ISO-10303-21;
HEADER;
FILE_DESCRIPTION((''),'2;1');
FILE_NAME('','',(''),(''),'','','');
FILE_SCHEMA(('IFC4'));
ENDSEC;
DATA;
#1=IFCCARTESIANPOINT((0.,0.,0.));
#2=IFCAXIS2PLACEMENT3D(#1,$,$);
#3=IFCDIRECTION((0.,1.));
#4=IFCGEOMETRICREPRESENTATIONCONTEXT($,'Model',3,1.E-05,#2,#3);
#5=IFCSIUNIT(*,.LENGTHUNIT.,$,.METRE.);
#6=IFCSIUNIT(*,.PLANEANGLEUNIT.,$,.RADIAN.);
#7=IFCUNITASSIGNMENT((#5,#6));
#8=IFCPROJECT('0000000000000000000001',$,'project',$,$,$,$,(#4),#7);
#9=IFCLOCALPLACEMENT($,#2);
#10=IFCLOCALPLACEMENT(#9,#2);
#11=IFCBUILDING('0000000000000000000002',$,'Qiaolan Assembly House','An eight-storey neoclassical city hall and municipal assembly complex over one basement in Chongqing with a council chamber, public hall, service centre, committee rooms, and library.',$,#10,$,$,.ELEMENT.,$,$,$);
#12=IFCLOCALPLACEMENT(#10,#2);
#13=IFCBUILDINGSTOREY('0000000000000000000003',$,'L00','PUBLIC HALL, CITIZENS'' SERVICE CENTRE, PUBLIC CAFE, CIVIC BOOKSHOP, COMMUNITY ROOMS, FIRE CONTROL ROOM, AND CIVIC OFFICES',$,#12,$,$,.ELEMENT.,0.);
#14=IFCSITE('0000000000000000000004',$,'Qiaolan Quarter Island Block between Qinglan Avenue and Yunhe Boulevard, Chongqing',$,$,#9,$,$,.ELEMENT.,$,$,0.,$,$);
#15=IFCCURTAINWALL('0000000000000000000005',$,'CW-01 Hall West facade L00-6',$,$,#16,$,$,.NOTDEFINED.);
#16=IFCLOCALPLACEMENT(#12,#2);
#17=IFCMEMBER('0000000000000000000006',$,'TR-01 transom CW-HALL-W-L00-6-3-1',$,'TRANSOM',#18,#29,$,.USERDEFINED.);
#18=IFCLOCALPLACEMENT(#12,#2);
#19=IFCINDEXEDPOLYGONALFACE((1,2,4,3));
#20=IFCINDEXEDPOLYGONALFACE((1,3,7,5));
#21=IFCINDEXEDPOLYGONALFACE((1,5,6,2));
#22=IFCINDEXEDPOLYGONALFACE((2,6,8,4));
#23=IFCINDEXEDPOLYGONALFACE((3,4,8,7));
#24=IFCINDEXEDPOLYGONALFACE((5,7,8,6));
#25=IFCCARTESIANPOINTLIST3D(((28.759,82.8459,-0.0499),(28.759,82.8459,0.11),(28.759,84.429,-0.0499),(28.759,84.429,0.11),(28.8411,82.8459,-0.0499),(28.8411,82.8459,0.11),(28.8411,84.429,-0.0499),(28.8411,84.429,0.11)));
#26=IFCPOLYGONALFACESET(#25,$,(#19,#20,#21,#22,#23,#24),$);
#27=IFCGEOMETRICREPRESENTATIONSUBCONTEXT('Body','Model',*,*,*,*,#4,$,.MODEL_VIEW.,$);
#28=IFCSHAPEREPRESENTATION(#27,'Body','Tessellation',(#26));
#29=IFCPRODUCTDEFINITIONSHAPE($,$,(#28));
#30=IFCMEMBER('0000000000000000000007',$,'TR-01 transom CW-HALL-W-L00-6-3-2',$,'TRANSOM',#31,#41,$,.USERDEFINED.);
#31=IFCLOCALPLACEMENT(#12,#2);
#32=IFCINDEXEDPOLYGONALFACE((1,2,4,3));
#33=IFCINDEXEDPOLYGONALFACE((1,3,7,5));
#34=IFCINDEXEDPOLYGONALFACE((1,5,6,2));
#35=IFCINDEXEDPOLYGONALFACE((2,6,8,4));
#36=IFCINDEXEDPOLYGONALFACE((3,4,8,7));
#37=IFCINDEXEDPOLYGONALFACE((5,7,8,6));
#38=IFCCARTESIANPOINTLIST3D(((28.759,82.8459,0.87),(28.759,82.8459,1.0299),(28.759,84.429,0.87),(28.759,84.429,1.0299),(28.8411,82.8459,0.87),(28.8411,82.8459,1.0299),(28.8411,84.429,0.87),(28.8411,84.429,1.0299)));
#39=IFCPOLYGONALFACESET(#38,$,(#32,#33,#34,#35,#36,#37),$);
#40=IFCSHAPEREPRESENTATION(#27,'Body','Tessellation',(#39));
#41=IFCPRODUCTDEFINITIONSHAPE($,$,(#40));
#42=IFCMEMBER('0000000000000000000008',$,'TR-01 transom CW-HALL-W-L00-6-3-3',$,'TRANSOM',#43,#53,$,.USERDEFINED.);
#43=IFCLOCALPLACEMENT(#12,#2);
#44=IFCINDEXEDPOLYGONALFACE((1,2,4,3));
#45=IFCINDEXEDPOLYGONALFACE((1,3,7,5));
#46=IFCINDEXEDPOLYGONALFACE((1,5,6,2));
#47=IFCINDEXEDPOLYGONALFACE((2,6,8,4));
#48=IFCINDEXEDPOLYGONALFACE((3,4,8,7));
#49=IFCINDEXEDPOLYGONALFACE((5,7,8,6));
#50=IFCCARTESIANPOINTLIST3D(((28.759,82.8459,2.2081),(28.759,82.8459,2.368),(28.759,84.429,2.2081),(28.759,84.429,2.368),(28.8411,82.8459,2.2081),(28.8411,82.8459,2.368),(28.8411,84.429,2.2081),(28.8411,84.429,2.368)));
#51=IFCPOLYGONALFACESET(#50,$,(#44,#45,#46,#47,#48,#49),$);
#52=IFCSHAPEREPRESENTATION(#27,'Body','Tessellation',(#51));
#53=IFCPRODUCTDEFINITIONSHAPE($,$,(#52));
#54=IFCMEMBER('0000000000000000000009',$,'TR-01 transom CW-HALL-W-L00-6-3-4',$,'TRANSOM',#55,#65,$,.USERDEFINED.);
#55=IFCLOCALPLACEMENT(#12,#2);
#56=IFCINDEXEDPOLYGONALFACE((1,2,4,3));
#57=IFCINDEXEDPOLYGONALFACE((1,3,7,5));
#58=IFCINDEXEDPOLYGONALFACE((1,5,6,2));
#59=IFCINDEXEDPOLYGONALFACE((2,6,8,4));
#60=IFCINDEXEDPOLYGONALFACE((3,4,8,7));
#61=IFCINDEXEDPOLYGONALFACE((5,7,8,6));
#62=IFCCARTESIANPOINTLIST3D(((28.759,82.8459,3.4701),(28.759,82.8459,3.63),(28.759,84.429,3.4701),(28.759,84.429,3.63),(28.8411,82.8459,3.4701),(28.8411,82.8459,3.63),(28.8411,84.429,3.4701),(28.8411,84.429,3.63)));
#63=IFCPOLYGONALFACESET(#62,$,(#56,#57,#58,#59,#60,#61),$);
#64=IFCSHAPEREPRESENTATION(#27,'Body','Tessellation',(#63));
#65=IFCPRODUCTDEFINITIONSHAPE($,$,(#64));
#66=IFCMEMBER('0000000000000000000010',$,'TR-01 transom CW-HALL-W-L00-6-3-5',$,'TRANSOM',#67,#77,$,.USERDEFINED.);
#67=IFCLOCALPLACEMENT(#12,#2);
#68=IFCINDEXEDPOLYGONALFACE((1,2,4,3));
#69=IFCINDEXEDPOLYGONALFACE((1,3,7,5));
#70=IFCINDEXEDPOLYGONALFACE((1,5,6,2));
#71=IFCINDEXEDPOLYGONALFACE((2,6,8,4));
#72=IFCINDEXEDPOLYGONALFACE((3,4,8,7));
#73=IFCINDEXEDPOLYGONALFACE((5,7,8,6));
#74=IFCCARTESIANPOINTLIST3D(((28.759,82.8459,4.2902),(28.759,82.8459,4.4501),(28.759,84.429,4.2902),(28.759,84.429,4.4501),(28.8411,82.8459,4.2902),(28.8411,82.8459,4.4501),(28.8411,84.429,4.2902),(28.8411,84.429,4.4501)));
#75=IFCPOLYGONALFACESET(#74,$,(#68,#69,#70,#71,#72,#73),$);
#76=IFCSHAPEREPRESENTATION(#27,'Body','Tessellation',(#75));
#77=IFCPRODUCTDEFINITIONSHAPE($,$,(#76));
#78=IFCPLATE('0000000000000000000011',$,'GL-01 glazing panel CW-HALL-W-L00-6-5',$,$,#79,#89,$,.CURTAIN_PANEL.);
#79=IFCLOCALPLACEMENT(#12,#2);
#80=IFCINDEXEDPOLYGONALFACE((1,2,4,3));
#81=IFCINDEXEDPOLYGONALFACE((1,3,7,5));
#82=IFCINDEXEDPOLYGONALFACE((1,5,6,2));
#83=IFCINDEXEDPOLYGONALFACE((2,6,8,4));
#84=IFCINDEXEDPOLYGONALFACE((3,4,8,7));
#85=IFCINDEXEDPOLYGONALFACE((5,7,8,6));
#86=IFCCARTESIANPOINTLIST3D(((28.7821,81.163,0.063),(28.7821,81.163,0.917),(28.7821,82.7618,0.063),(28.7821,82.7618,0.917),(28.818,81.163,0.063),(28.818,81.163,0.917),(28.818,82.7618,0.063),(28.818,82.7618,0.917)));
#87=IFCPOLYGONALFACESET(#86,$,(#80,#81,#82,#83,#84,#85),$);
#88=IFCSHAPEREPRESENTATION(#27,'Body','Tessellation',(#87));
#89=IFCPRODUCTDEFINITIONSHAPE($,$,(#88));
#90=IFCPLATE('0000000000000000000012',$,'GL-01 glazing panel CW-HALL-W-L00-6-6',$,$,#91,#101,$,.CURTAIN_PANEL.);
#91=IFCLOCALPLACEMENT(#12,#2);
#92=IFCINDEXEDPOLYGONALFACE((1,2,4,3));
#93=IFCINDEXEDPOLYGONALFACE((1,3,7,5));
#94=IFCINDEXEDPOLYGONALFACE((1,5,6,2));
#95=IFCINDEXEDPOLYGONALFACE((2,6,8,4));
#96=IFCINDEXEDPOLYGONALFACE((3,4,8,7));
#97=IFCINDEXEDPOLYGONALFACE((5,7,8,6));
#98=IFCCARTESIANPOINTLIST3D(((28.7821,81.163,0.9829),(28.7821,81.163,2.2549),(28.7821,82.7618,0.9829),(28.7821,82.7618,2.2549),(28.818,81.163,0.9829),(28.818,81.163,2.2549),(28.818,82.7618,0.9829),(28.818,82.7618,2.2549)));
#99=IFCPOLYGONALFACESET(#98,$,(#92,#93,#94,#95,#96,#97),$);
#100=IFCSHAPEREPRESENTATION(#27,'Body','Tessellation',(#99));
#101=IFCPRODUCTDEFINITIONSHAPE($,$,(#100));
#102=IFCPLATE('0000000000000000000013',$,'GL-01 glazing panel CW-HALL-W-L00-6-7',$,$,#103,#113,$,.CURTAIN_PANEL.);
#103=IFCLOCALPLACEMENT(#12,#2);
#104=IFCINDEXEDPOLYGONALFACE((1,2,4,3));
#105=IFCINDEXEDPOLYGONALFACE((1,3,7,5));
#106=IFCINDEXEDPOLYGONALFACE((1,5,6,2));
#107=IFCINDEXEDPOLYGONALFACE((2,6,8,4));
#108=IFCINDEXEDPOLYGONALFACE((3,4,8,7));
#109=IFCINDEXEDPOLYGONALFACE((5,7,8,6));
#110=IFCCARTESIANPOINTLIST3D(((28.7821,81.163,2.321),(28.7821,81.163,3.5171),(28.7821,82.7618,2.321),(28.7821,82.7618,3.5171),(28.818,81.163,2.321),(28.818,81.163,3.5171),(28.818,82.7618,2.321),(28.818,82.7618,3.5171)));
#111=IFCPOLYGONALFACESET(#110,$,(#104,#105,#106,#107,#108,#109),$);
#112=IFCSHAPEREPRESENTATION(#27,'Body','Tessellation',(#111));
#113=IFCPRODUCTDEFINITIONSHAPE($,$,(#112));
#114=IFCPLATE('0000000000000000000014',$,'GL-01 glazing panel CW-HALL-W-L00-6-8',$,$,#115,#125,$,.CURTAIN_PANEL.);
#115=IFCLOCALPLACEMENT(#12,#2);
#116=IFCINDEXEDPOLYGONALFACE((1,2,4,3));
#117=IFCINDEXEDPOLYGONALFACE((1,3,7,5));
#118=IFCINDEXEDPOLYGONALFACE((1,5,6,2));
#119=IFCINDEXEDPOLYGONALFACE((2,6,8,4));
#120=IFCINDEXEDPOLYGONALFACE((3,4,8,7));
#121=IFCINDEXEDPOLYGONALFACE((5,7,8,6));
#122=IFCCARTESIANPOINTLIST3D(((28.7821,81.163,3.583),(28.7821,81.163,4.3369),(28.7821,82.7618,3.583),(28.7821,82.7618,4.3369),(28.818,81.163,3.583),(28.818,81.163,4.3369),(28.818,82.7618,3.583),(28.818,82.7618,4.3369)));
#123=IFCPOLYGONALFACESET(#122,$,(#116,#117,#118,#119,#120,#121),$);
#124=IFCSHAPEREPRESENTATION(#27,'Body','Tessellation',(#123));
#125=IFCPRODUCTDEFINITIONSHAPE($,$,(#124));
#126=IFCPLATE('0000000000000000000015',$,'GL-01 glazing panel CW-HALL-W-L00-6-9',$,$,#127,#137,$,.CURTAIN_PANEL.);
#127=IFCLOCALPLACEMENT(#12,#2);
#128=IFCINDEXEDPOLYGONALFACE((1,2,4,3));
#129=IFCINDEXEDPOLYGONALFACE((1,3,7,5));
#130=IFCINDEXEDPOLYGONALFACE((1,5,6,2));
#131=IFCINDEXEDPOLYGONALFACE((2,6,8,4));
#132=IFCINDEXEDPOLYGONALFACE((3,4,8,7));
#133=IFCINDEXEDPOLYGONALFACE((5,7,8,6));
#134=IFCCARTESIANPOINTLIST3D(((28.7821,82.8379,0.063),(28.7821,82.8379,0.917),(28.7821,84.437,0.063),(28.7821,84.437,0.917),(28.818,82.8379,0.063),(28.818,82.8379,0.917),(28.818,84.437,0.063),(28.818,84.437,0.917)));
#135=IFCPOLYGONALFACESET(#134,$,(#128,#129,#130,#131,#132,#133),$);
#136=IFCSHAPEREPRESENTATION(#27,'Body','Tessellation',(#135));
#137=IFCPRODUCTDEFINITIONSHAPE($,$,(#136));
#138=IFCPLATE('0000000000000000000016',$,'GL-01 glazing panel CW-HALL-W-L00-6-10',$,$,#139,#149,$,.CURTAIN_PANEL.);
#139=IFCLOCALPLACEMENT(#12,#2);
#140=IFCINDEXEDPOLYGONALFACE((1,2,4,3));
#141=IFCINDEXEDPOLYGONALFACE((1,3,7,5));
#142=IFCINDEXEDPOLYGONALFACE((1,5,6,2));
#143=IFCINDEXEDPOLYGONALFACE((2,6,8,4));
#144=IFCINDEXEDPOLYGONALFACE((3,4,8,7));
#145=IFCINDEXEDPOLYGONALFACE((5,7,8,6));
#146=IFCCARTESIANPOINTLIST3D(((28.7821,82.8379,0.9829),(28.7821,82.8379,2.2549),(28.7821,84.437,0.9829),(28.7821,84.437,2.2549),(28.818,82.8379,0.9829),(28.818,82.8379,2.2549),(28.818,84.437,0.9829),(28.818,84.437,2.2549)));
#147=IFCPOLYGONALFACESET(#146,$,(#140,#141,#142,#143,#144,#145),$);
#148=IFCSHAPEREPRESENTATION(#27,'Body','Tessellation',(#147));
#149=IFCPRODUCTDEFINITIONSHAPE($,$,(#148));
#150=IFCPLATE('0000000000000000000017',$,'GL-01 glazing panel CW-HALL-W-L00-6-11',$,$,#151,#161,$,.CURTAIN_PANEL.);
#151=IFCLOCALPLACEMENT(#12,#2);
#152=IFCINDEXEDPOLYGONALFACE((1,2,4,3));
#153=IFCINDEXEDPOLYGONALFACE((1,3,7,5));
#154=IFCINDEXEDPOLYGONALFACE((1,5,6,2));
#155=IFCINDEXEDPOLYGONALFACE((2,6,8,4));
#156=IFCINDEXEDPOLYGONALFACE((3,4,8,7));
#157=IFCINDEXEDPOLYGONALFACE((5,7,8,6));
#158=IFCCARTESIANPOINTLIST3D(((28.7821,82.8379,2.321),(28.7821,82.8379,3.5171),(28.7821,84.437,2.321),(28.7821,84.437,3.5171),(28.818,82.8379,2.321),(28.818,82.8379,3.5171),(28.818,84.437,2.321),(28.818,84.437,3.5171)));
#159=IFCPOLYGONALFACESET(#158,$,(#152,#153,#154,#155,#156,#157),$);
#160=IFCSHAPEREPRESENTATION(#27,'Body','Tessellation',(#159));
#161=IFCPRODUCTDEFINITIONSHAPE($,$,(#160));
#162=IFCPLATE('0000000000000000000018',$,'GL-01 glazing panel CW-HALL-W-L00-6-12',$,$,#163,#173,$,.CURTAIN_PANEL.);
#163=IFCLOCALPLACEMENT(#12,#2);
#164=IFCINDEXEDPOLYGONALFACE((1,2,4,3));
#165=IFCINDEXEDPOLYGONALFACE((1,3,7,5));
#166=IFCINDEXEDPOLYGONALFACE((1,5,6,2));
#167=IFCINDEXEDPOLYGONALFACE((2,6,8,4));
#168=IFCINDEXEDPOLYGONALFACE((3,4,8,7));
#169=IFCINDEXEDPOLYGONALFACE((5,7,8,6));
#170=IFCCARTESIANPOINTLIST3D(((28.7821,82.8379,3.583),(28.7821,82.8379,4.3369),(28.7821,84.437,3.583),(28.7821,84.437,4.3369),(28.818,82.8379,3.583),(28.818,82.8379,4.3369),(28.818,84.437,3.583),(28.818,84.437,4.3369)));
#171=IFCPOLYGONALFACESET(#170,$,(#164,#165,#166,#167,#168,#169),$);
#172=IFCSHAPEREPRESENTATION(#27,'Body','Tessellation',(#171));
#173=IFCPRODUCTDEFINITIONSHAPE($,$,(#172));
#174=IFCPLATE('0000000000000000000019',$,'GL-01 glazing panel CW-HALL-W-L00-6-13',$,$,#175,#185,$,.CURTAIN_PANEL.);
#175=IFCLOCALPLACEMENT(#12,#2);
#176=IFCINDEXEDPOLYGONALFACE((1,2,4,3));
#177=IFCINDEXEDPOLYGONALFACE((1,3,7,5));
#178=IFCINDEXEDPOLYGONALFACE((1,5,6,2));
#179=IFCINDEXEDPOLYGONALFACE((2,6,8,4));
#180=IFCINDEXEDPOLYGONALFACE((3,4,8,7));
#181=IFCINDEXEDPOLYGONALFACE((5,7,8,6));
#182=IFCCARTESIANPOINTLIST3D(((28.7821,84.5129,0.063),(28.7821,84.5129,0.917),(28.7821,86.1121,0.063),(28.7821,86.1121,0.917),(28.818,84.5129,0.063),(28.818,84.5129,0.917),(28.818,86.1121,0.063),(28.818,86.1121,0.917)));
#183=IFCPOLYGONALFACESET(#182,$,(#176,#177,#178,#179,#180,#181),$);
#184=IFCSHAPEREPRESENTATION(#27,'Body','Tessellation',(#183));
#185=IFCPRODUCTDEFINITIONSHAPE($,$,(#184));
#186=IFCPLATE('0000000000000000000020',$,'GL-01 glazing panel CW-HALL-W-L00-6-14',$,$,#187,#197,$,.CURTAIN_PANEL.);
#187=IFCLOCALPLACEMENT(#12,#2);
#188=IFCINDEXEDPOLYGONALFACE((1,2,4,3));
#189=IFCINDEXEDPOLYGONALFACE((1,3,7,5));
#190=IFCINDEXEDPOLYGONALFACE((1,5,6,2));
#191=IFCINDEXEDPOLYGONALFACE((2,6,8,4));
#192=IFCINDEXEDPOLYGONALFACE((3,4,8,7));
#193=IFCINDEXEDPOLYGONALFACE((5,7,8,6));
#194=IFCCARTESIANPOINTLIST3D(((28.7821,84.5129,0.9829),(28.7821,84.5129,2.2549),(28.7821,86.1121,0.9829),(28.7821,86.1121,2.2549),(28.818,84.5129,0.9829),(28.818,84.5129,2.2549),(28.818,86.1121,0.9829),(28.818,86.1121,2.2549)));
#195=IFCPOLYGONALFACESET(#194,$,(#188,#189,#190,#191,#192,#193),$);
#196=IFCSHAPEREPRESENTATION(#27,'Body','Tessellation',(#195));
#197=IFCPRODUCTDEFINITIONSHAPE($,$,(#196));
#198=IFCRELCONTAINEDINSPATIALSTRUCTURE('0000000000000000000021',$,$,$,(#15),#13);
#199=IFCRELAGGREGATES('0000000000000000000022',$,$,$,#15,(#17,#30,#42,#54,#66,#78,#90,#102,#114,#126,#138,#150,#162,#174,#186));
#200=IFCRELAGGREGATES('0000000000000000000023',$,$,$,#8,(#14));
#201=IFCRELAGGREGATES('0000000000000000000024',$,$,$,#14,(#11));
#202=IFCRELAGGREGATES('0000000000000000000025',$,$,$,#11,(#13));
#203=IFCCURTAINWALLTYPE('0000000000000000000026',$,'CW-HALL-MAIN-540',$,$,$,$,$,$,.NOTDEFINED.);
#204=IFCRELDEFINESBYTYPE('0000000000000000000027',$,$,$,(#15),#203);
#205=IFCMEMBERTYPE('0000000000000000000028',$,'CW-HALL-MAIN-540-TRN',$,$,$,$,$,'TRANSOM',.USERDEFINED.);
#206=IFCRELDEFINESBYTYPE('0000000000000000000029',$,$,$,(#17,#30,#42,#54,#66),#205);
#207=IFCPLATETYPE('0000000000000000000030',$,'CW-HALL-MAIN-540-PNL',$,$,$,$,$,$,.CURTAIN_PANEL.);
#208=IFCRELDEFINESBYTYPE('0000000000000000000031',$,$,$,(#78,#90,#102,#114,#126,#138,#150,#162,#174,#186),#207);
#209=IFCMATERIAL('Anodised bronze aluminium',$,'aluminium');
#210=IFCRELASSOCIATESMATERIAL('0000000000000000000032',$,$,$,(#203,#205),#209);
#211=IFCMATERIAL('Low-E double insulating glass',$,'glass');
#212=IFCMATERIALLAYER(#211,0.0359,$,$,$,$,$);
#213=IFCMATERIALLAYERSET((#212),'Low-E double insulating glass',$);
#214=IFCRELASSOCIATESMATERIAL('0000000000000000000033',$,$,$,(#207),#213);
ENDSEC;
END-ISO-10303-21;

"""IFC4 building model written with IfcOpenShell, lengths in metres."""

from ifc_helpers import new_model, si_unit, direction, frame, frame_2d, origin, origin_2d, place, context, subcontext, project, spatial, rectangle, extrude, material, layer, layer_set, material_profile, profile_set, type_object, element, aggregate, save


model = new_model("IFC4")

# Units and contexts
model_context = context("Model", 3, precision=1e-05, world=origin(), true_north=direction((0.0, 1.0)))
body_context = subcontext(model_context, "Body", "Model", "MODEL_VIEW")
ifc_project = project(units=[si_unit("LENGTHUNIT", "METRE"), si_unit("PLANEANGLEUNIT", "RADIAN")], contexts=[model_context])

# Site, building, storey
site_placement = place(None, origin())
site = spatial("IfcSite", under=ifc_project, at=site_placement, Name="Qiaolan Quarter Island Block between Qinglan Avenue and Yunhe Boulevard, Chongqing", CompositionType="ELEMENT", RefElevation=0.0)
building_placement = place(site_placement, origin())
building = spatial("IfcBuilding", under=site, at=building_placement, Name="Qiaolan Assembly House", Description="An eight-storey neoclassical city hall and municipal assembly complex over one basement in Chongqing with a council chamber, public hall, service centre, committee rooms, and library.", CompositionType="ELEMENT")
storey_placement = place(building_placement, origin())
storey = spatial("IfcBuildingStorey", under=building, at=storey_placement, Name="L00", Description="PUBLIC HALL, CITIZENS' SERVICE CENTRE, PUBLIC CAFE, CIVIC BOOKSHOP, COMMUNITY ROOMS, FIRE CONTROL ROOM, AND CIVIC OFFICES", CompositionType="ELEMENT", Elevation=0.0)

# Curtain wall, members, plates
ifc_material_1 = material(Name="Anodised bronze aluminium", Category="aluminium")
curtain_wall_type = type_object("IfcCurtainWallType", Name="CW-HALL-MAIN-540", PredefinedType="NOTDEFINED", material=ifc_material_1)
curtain_wall_placement = place(storey_placement, origin())
curtain_wall = element("IfcCurtainWall", 1, at=curtain_wall_placement, inside=storey, type_object=curtain_wall_type, Name="CW-01 Hall West facade L00-6", PredefinedType="NOTDEFINED")
ifc_material_profile_1 = material_profile(ifc_material_1, rectangle(XDim=0.082, YDim=0.1599, at=origin_2d()), Name="TRN 82x160")
ifc_profile_set_1 = profile_set([ifc_material_profile_1], Name="Anodised bronze aluminium")
member_type_1 = type_object("IfcMemberType", Name="CW-HALL-MAIN-540-TRN", ElementType="TRANSOM", PredefinedType="USERDEFINED", material=ifc_profile_set_1)
member_1_placement = place(storey_placement, frame((28.8, 82.8459, 0.03), z_axis=(0.0, 1.0, 0.0), x_axis=(-1.0, 0.0, 0.0)))
member_1 = element("IfcMember", 2, at=member_1_placement, type_object=member_type_1, Name="TR-01 transom CW-HALL-W-L00-6-3-1", ObjectType="TRANSOM", PredefinedType="USERDEFINED", context=body_context, shape_type="SweptSolid", body=[
    extrude(rectangle(XDim=0.082, YDim=0.1599, at=origin_2d()), origin(), (0.0, 0.0, 1.0), 1.583),
])
member_2_placement = place(storey_placement, frame((28.8, 82.8459, 0.95), z_axis=(0.0, 1.0, 0.0), x_axis=(-1.0, 0.0, 0.0)))
member_2 = element("IfcMember", 3, at=member_2_placement, type_object=member_type_1, Name="TR-01 transom CW-HALL-W-L00-6-3-2", ObjectType="TRANSOM", PredefinedType="USERDEFINED", context=body_context, shape_type="SweptSolid", body=[
    extrude(rectangle(XDim=0.082, YDim=0.1599, at=origin_2d()), origin(), (0.0, 0.0, 1.0), 1.583),
])
member_3_placement = place(storey_placement, frame((28.8, 82.8459, 2.2881), z_axis=(0.0, 1.0, 0.0), x_axis=(-1.0, 0.0, 0.0)))
member_3 = element("IfcMember", 4, at=member_3_placement, type_object=member_type_1, Name="TR-01 transom CW-HALL-W-L00-6-3-3", ObjectType="TRANSOM", PredefinedType="USERDEFINED", context=body_context, shape_type="SweptSolid", body=[
    extrude(rectangle(XDim=0.082, YDim=0.1599, at=origin_2d()), origin(), (0.0, 0.0, 1.0), 1.583),
])
member_4_placement = place(storey_placement, frame((28.8, 82.8459, 3.55), z_axis=(0.0, 1.0, 0.0), x_axis=(-1.0, 0.0, 0.0)))
member_4 = element("IfcMember", 5, at=member_4_placement, type_object=member_type_1, Name="TR-01 transom CW-HALL-W-L00-6-3-4", ObjectType="TRANSOM", PredefinedType="USERDEFINED", context=body_context, shape_type="SweptSolid", body=[
    extrude(rectangle(XDim=0.082, YDim=0.1599, at=origin_2d()), origin(), (0.0, 0.0, 1.0), 1.583),
])
member_5_placement = place(storey_placement, frame((28.8, 82.8459, 4.3701), z_axis=(0.0, 1.0, 0.0), x_axis=(-1.0, 0.0, 0.0)))
member_5 = element("IfcMember", 6, at=member_5_placement, type_object=member_type_1, Name="TR-01 transom CW-HALL-W-L00-6-3-5", ObjectType="TRANSOM", PredefinedType="USERDEFINED", context=body_context, shape_type="SweptSolid", body=[
    extrude(rectangle(XDim=0.082, YDim=0.1599, at=origin_2d()), origin(), (0.0, 0.0, 1.0), 1.583),
])
ifc_material_2 = material(Name="Low-E double insulating glass", Category="glass")
ifc_layer = layer(ifc_material_2, 0.0359)
ifc_layer_set = layer_set([ifc_layer], Name="Low-E double insulating glass")
plate_type = type_object("IfcPlateType", Name="CW-HALL-MAIN-540-PNL", PredefinedType="CURTAIN_PANEL", material=ifc_layer_set)
plate_1_placement = place(storey_placement, frame((28.8, 81.1631, 0.063), z_axis=(0.0, 0.0, 1.0), x_axis=(0.0, 1.0, 0.0)))
plate_1 = element("IfcPlate", 7, at=plate_1_placement, type_object=plate_type, Name="GL-01 glazing panel CW-HALL-W-L00-6-5", PredefinedType="CURTAIN_PANEL", context=body_context, shape_type="SweptSolid", body=[
    extrude(rectangle(XDim=1.5989, YDim=0.0359, at=frame_2d((0.7993, 0.0))), origin(), (0.0, 0.0, 1.0), 0.854),
])
plate_2_placement = place(storey_placement, frame((28.8, 81.1631, 0.9829), z_axis=(0.0, 0.0, 1.0), x_axis=(0.0, 1.0, 0.0)))
plate_2 = element("IfcPlate", 8, at=plate_2_placement, type_object=plate_type, Name="GL-01 glazing panel CW-HALL-W-L00-6-6", PredefinedType="CURTAIN_PANEL", context=body_context, shape_type="SweptSolid", body=[
    extrude(rectangle(XDim=1.5989, YDim=0.0359, at=frame_2d((0.7993, 0.0))), origin(), (0.0, 0.0, 1.0), 1.272),
])
plate_3_placement = place(storey_placement, frame((28.8, 81.1631, 2.321), z_axis=(0.0, 0.0, 1.0), x_axis=(0.0, 1.0, 0.0)))
plate_3 = element("IfcPlate", 9, at=plate_3_placement, type_object=plate_type, Name="GL-01 glazing panel CW-HALL-W-L00-6-7", PredefinedType="CURTAIN_PANEL", context=body_context, shape_type="SweptSolid", body=[
    extrude(rectangle(XDim=1.5989, YDim=0.0359, at=frame_2d((0.7993, 0.0))), origin(), (0.0, 0.0, 1.0), 1.196),
])
plate_4_placement = place(storey_placement, frame((28.8, 81.1631, 3.583), z_axis=(0.0, 0.0, 1.0), x_axis=(0.0, 1.0, 0.0)))
plate_4 = element("IfcPlate", 10, at=plate_4_placement, type_object=plate_type, Name="GL-01 glazing panel CW-HALL-W-L00-6-8", PredefinedType="CURTAIN_PANEL", context=body_context, shape_type="SweptSolid", body=[
    extrude(rectangle(XDim=1.5989, YDim=0.0359, at=frame_2d((0.7993, 0.0))), origin(), (0.0, 0.0, 1.0), 0.7539),
])
plate_5_placement = place(storey_placement, frame((28.8, 82.8379, 0.063), z_axis=(0.0, 0.0, 1.0), x_axis=(0.0, 1.0, 0.0)))
plate_5 = element("IfcPlate", 11, at=plate_5_placement, type_object=plate_type, Name="GL-01 glazing panel CW-HALL-W-L00-6-9", PredefinedType="CURTAIN_PANEL", context=body_context, shape_type="SweptSolid", body=[
    extrude(rectangle(XDim=1.5991, YDim=0.0359, at=frame_2d((0.7996, 0.0))), origin(), (0.0, 0.0, 1.0), 0.854),
])
plate_6_placement = place(storey_placement, frame((28.8, 82.8379, 0.9829), z_axis=(0.0, 0.0, 1.0), x_axis=(0.0, 1.0, 0.0)))
plate_6 = element("IfcPlate", 12, at=plate_6_placement, type_object=plate_type, Name="GL-01 glazing panel CW-HALL-W-L00-6-10", PredefinedType="CURTAIN_PANEL", context=body_context, shape_type="SweptSolid", body=[
    extrude(rectangle(XDim=1.5991, YDim=0.0359, at=frame_2d((0.7996, 0.0))), origin(), (0.0, 0.0, 1.0), 1.272),
])
plate_7_placement = place(storey_placement, frame((28.8, 82.8379, 2.321), z_axis=(0.0, 0.0, 1.0), x_axis=(0.0, 1.0, 0.0)))
plate_7 = element("IfcPlate", 13, at=plate_7_placement, type_object=plate_type, Name="GL-01 glazing panel CW-HALL-W-L00-6-11", PredefinedType="CURTAIN_PANEL", context=body_context, shape_type="SweptSolid", body=[
    extrude(rectangle(XDim=1.5991, YDim=0.0359, at=frame_2d((0.7996, 0.0))), origin(), (0.0, 0.0, 1.0), 1.196),
])
plate_8_placement = place(storey_placement, frame((28.8, 82.8379, 3.583), z_axis=(0.0, 0.0, 1.0), x_axis=(0.0, 1.0, 0.0)))
plate_8 = element("IfcPlate", 14, at=plate_8_placement, type_object=plate_type, Name="GL-01 glazing panel CW-HALL-W-L00-6-12", PredefinedType="CURTAIN_PANEL", context=body_context, shape_type="SweptSolid", body=[
    extrude(rectangle(XDim=1.5991, YDim=0.0359, at=frame_2d((0.7996, 0.0))), origin(), (0.0, 0.0, 1.0), 0.7539),
])
plate_9_placement = place(storey_placement, frame((28.8, 84.5129, 0.063), z_axis=(0.0, 0.0, 1.0), x_axis=(0.0, 1.0, 0.0)))
plate_9 = element("IfcPlate", 15, at=plate_9_placement, type_object=plate_type, Name="GL-01 glazing panel CW-HALL-W-L00-6-13", PredefinedType="CURTAIN_PANEL", context=body_context, shape_type="SweptSolid", body=[
    extrude(rectangle(XDim=1.5991, YDim=0.0359, at=frame_2d((0.7996, 0.0))), origin(), (0.0, 0.0, 1.0), 0.854),
])
plate_10_placement = place(storey_placement, frame((28.8, 84.5129, 0.9829), z_axis=(0.0, 0.0, 1.0), x_axis=(0.0, 1.0, 0.0)))
plate_10 = element("IfcPlate", 16, at=plate_10_placement, type_object=plate_type, Name="GL-01 glazing panel CW-HALL-W-L00-6-14", PredefinedType="CURTAIN_PANEL", context=body_context, shape_type="SweptSolid", body=[
    extrude(rectangle(XDim=1.5991, YDim=0.0359, at=frame_2d((0.7996, 0.0))), origin(), (0.0, 0.0, 1.0), 1.272),
])
aggregate(curtain_wall, [member_1, member_2, member_3, member_4, member_5, plate_1, plate_2, plate_3, plate_4, plate_5, plate_6, plate_7, plate_8, plate_9, plate_10])

save(model, "model.ifc")
